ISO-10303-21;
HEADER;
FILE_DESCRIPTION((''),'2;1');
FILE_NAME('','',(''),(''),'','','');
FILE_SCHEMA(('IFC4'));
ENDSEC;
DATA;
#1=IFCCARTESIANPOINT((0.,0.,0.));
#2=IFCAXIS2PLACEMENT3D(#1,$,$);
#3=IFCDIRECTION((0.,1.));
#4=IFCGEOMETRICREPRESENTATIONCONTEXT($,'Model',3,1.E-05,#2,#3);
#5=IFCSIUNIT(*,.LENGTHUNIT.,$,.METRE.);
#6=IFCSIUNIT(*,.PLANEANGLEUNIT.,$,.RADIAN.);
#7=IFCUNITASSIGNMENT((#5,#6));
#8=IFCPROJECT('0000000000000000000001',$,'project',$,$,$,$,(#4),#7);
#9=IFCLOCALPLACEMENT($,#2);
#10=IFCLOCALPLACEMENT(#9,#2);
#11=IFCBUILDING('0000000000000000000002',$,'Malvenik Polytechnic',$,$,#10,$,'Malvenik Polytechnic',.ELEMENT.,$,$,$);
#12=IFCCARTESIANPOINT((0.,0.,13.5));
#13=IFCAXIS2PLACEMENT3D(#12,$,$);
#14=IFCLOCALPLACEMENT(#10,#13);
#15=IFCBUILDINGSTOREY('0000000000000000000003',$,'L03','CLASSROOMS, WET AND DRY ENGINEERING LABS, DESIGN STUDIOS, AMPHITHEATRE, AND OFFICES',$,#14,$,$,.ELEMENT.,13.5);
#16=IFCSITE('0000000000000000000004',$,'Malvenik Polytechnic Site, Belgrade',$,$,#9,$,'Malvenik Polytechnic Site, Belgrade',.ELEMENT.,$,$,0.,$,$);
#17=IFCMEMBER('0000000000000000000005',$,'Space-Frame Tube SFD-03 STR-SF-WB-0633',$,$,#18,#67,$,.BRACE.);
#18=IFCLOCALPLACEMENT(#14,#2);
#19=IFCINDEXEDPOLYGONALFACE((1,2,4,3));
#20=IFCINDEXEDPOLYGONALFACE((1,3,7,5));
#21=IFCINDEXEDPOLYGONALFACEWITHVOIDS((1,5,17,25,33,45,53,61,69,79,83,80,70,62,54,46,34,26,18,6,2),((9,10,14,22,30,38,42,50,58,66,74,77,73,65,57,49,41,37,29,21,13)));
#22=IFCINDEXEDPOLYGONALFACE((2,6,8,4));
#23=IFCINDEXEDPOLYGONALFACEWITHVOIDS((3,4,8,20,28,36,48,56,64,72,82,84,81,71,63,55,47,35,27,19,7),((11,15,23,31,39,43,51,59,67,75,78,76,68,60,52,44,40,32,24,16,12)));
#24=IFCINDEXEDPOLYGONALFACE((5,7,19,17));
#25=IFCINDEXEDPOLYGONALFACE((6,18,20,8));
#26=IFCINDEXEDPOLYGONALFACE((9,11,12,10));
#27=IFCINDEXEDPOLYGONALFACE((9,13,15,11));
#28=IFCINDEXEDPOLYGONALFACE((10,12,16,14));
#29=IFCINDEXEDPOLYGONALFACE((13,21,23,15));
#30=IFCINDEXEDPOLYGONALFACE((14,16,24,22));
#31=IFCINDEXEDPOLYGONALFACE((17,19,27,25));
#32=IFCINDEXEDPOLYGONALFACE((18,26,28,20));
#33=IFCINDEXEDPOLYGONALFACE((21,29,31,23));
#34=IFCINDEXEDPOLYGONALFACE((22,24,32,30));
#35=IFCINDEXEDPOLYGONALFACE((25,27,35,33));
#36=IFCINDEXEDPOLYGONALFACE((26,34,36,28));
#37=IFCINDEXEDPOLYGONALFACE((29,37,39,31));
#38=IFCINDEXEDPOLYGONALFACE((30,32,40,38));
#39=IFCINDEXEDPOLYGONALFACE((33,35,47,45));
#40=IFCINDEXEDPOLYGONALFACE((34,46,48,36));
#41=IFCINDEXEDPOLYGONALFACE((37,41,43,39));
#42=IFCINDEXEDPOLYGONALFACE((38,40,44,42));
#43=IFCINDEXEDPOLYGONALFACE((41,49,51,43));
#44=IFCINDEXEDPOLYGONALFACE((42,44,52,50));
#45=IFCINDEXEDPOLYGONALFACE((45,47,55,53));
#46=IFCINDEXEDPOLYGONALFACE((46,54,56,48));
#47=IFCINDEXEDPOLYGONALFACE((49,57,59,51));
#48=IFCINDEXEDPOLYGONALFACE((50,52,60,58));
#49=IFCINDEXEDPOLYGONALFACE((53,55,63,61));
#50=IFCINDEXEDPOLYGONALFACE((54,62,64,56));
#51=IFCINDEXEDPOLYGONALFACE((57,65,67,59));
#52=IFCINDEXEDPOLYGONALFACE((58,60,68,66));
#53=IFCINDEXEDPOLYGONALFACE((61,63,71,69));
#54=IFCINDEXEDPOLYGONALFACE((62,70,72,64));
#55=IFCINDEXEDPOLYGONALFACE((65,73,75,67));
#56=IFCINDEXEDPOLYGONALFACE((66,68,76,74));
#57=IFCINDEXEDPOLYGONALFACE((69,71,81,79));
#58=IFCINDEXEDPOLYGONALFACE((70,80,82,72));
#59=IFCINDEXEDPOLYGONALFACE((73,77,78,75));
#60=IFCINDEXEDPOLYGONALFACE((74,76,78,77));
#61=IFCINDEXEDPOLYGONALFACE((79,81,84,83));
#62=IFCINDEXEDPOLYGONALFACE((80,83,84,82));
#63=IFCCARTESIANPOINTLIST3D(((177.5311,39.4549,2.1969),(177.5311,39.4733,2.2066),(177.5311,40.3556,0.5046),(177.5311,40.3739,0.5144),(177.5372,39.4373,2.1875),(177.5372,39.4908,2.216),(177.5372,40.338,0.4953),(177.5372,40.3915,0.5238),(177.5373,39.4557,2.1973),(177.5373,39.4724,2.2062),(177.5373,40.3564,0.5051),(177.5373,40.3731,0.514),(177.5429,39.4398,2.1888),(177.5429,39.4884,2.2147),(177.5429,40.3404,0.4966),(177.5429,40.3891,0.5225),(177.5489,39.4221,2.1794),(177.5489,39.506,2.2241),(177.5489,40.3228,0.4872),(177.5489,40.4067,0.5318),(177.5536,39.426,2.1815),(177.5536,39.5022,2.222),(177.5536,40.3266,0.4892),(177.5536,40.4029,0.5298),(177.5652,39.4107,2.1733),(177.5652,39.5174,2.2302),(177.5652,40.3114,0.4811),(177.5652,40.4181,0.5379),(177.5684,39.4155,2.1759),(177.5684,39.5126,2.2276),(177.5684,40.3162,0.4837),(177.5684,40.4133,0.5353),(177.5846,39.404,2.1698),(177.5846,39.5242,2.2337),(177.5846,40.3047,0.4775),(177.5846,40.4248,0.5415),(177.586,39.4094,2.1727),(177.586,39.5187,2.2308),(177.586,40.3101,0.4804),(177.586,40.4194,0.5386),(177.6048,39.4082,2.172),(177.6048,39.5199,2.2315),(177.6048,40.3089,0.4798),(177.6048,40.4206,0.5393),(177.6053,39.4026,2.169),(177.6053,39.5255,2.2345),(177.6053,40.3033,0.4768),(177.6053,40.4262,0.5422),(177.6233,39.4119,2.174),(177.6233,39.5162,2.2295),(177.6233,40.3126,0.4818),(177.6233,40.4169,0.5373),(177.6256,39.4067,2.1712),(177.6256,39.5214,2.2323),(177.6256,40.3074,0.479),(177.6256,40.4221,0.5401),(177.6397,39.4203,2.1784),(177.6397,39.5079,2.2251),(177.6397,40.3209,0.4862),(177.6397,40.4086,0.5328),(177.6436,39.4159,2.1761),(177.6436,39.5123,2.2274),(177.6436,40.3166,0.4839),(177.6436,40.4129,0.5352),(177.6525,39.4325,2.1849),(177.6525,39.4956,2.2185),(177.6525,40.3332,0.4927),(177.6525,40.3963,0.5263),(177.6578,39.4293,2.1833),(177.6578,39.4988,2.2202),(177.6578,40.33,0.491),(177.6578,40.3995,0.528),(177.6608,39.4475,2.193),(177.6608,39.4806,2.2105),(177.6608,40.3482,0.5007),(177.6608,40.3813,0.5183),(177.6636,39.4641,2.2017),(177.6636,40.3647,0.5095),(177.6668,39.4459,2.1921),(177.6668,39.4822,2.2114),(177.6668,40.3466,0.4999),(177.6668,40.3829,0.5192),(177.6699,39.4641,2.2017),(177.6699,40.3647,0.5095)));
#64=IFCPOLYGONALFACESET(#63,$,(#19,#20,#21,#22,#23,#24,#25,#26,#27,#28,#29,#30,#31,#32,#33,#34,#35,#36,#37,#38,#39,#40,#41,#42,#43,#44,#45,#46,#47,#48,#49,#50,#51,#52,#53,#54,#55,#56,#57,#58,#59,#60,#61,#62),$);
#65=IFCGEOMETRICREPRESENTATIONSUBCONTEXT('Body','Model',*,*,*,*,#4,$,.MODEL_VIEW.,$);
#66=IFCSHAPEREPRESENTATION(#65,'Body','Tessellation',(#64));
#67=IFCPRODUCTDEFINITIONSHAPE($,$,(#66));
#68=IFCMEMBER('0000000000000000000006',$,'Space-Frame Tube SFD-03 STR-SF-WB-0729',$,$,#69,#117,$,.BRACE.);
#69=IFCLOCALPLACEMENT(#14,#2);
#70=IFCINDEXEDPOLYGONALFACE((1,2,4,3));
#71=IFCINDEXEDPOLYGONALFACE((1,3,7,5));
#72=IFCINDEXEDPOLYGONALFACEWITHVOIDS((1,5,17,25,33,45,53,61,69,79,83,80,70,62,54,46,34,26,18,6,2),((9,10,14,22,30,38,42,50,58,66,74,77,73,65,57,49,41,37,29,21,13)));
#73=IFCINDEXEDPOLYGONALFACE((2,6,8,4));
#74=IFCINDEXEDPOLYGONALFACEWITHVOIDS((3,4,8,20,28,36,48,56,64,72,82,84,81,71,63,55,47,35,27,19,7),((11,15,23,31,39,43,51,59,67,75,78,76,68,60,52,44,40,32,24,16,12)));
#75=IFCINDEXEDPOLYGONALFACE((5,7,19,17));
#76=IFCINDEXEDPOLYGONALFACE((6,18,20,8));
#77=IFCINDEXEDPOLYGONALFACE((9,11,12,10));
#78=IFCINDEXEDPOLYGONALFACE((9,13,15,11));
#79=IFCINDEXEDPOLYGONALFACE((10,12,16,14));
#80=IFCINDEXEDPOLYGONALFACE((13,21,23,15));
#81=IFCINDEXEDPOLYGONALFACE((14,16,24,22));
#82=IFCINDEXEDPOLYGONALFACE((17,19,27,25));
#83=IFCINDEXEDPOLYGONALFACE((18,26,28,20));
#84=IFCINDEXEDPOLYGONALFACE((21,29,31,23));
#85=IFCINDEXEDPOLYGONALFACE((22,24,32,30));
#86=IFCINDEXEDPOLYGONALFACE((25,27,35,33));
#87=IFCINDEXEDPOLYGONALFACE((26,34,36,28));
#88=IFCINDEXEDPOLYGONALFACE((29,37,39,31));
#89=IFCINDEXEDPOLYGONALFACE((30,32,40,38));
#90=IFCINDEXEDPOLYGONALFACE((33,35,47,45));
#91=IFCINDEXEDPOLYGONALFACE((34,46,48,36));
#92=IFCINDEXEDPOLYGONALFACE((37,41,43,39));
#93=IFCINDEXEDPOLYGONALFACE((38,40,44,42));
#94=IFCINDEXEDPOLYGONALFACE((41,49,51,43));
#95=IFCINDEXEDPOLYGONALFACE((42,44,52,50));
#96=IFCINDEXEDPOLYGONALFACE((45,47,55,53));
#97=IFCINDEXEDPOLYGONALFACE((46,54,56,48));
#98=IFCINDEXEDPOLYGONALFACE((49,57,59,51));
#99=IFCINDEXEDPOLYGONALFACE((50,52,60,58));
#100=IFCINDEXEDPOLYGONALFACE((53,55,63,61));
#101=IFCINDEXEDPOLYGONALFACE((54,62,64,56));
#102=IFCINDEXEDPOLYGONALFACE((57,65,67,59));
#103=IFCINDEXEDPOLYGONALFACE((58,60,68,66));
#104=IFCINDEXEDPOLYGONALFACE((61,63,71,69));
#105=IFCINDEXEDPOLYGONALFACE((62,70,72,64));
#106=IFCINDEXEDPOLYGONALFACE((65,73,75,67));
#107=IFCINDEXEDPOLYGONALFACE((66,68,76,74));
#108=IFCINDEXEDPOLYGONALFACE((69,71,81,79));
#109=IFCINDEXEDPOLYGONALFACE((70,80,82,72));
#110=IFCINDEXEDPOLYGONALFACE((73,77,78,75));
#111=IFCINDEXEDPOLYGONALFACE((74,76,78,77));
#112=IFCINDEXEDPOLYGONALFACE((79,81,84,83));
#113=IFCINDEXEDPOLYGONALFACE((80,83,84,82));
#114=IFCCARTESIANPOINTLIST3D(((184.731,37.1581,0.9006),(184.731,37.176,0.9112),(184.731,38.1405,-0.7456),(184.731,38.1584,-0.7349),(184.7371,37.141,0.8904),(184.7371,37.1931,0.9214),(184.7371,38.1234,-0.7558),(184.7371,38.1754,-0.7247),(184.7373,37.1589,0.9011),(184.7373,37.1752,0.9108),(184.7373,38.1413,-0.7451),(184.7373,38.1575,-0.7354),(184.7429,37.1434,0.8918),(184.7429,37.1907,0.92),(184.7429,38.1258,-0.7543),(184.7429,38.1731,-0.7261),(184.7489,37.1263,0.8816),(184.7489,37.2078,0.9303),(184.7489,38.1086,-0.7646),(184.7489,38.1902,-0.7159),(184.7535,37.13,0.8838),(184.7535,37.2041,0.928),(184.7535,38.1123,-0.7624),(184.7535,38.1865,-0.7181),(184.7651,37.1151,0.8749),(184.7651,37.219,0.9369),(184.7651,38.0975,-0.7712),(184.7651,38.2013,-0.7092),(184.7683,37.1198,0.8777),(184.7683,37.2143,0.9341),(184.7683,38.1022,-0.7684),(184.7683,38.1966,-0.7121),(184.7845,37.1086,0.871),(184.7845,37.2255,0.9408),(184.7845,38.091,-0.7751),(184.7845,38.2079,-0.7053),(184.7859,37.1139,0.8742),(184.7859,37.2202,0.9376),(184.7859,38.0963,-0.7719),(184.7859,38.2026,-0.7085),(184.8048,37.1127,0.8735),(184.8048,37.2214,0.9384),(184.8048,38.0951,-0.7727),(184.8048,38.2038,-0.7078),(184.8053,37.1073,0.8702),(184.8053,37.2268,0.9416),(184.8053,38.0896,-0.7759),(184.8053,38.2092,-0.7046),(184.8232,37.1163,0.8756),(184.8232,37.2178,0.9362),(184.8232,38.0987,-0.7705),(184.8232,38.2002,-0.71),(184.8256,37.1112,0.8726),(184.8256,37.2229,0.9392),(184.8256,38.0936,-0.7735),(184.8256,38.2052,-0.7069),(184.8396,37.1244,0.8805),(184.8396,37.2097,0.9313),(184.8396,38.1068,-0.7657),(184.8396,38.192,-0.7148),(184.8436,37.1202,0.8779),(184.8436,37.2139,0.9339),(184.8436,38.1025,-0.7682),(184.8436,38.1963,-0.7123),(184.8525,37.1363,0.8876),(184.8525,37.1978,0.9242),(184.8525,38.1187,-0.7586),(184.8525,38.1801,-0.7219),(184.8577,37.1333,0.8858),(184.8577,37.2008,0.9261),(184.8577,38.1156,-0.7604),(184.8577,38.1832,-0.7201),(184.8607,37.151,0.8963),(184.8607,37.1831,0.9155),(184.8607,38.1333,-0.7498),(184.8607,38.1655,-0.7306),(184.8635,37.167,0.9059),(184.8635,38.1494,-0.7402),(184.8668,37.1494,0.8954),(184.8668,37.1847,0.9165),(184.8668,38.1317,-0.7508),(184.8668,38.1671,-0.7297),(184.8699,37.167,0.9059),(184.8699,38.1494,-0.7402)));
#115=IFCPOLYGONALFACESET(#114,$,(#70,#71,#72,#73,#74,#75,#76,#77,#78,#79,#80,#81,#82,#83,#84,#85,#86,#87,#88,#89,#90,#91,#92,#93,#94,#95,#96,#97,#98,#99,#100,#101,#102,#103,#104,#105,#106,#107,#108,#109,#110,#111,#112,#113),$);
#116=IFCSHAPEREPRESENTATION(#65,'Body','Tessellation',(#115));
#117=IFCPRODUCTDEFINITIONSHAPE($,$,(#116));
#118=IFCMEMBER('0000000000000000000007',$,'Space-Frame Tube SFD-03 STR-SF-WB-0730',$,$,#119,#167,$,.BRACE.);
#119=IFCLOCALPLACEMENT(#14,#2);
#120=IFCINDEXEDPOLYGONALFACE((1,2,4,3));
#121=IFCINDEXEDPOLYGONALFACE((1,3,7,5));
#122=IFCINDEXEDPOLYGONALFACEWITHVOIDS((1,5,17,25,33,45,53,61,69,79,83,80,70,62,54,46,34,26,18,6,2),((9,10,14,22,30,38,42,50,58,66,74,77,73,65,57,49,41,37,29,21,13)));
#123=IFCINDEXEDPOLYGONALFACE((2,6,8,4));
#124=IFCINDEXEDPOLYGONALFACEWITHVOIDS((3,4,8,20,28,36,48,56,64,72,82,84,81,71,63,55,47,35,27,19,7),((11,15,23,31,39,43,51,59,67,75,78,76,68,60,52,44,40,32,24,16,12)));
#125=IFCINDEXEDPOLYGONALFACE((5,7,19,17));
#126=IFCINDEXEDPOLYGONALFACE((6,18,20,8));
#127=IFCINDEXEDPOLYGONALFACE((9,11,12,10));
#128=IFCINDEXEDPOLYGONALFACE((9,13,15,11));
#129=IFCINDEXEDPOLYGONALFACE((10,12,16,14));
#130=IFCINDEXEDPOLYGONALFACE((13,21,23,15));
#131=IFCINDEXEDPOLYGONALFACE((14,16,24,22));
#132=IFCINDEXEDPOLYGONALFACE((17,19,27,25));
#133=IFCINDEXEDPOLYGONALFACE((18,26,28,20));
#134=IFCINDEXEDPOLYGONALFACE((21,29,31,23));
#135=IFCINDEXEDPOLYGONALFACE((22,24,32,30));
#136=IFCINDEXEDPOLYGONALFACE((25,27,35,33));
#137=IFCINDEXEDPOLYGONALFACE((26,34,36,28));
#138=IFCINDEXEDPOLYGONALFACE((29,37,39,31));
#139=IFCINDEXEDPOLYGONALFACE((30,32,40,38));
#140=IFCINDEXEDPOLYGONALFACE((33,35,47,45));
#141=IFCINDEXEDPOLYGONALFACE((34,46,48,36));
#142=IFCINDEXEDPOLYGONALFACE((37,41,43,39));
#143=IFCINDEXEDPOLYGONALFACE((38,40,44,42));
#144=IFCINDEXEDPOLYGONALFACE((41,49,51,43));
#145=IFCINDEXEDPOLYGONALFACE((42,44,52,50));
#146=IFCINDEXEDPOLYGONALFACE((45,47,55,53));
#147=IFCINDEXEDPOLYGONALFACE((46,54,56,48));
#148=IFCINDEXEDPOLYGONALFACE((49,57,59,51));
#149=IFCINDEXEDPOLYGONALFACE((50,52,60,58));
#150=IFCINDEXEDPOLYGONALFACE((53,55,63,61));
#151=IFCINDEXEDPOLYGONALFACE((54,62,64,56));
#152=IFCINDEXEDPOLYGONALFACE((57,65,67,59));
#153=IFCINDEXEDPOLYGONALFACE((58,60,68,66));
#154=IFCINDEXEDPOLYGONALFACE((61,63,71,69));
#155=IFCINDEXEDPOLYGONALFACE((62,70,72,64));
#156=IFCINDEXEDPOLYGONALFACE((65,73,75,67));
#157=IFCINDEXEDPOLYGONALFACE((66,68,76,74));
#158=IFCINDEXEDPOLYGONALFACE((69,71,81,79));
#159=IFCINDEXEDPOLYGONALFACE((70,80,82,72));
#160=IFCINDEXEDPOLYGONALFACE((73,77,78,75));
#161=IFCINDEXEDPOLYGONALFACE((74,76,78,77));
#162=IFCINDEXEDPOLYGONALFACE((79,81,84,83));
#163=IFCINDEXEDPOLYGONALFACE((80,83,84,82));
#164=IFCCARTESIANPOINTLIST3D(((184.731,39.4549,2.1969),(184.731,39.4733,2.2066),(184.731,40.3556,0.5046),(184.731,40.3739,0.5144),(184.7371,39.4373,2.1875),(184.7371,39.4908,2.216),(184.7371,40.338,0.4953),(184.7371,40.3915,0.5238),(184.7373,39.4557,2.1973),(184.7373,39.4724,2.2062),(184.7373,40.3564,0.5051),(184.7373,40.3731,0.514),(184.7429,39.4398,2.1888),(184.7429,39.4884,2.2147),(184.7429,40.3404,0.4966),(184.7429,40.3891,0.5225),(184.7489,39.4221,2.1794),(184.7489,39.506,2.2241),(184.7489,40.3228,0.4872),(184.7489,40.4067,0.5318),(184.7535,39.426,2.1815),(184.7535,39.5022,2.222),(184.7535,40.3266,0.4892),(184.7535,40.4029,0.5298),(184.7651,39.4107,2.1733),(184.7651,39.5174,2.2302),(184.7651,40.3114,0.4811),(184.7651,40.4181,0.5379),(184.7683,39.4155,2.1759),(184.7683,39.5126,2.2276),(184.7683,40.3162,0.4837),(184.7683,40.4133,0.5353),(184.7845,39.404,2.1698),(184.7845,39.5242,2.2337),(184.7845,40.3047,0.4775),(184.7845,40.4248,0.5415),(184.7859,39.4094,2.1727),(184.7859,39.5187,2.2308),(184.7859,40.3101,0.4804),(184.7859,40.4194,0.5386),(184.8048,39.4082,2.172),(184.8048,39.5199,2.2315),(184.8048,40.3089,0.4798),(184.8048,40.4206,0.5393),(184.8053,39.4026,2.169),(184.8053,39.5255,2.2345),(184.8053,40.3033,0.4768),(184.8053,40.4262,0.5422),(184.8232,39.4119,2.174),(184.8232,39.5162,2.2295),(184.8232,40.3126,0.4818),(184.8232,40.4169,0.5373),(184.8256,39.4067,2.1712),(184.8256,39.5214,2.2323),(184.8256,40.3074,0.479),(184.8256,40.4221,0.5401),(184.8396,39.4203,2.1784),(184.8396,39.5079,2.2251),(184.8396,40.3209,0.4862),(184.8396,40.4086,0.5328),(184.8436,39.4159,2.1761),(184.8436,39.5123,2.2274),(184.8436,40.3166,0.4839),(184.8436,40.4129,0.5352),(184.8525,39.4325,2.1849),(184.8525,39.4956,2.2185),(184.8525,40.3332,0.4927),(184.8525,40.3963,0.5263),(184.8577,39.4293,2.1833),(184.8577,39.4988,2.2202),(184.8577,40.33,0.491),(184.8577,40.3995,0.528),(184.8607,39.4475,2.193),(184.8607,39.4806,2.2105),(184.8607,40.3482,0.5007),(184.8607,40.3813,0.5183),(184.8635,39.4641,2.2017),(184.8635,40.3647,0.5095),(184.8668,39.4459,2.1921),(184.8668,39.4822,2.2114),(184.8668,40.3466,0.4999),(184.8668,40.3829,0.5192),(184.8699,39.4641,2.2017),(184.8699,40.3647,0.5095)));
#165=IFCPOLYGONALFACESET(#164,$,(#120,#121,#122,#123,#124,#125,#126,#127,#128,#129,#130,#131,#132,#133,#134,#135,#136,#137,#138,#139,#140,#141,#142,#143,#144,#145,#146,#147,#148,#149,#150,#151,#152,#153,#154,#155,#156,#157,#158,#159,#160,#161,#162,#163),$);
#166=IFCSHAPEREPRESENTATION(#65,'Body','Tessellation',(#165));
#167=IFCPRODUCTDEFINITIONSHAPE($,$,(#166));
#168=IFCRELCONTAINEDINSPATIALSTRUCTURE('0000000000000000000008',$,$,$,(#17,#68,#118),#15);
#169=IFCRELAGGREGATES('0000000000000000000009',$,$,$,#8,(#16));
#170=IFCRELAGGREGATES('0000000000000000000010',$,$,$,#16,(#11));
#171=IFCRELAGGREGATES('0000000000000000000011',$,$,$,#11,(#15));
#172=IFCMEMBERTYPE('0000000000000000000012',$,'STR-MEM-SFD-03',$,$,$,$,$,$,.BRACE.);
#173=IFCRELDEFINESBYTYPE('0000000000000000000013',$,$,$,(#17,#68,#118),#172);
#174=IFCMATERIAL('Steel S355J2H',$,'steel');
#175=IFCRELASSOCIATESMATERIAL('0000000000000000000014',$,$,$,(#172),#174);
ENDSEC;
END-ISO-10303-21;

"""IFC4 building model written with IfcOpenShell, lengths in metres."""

from ifc_helpers import new_model, si_unit, direction, frame, origin, origin_2d, place, context, subcontext, project, spatial, hollow_circle, extrude, material, material_profile, profile_set, type_object, element, save


model = new_model("IFC4")

# Units and contexts
model_context = context("Model", 3, precision=1e-05, world=origin(), true_north=direction((0.0, 1.0)))
body_context = subcontext(model_context, "Body", "Model", "MODEL_VIEW")
ifc_project = project(units=[si_unit("LENGTHUNIT", "METRE"), si_unit("PLANEANGLEUNIT", "RADIAN")], contexts=[model_context])

# Site, building, storey
site_placement = place(None, origin())
site = spatial("IfcSite", under=ifc_project, at=site_placement, Name="Malvenik Polytechnic Site, Belgrade", LongName="Malvenik Polytechnic Site, Belgrade", CompositionType="ELEMENT", RefElevation=0.0)
building_placement = place(site_placement, origin())
building = spatial("IfcBuilding", under=site, at=building_placement, Name="Malvenik Polytechnic", LongName="Malvenik Polytechnic", CompositionType="ELEMENT")
storey_placement = place(building_placement, frame((0.0, 0.0, 13.5)))
storey = spatial("IfcBuildingStorey", under=building, at=storey_placement, Name="L03", Description="CLASSROOMS, WET AND DRY ENGINEERING LABS, DESIGN STUDIOS, AMPHITHEATRE, AND OFFICES", CompositionType="ELEMENT", Elevation=13.5)

# Members
ifc_material = material(Name="Steel S355J2H", Category="steel")
ifc_material_profile_1 = material_profile(ifc_material, hollow_circle(Radius=0.0698, WallThickness=0.0063, at=origin_2d()), Name="CHS 139.7x6.3")
ifc_profile_set_1 = profile_set([ifc_material_profile_1], Name="Steel S355J2H")
member_type_1 = type_object("IfcMemberType", Name="STR-MEM-SFD-03", PredefinedType="BRACE", material=ifc_profile_set_1)
for number, where, z_axis, x_axis, name in (
    (1, (177.6001, 40.3647, 0.5095), (0.0, -0.469841, 0.882751), (1.0, 0.0, 0.0), "Space-Frame Tube SFD-03 STR-SF-WB-0633"),
    (2, (184.8, 38.1494, -0.7402), (0.0, -0.512453, 0.858715), (1.0, 0.0, 0.0), "Space-Frame Tube SFD-03 STR-SF-WB-0729"),
    (3, (184.8, 40.3647, 0.5095), (0.0, -0.469841, 0.882751), (1.0, 0.0, 0.0), "Space-Frame Tube SFD-03 STR-SF-WB-0730"),
):
    element("IfcMember", number, at=place(storey_placement, frame(where, z_axis=z_axis, x_axis=x_axis)), inside=storey, type_object=member_type_1, Name=name, PredefinedType="BRACE", context=body_context, shape_type="SweptSolid", body=[
        extrude(hollow_circle(Radius=0.0698, WallThickness=0.0063, at=origin_2d()), origin(), (0.0, 0.0, 1.0), 1.917),
    ])

save(model, "model.ifc")
